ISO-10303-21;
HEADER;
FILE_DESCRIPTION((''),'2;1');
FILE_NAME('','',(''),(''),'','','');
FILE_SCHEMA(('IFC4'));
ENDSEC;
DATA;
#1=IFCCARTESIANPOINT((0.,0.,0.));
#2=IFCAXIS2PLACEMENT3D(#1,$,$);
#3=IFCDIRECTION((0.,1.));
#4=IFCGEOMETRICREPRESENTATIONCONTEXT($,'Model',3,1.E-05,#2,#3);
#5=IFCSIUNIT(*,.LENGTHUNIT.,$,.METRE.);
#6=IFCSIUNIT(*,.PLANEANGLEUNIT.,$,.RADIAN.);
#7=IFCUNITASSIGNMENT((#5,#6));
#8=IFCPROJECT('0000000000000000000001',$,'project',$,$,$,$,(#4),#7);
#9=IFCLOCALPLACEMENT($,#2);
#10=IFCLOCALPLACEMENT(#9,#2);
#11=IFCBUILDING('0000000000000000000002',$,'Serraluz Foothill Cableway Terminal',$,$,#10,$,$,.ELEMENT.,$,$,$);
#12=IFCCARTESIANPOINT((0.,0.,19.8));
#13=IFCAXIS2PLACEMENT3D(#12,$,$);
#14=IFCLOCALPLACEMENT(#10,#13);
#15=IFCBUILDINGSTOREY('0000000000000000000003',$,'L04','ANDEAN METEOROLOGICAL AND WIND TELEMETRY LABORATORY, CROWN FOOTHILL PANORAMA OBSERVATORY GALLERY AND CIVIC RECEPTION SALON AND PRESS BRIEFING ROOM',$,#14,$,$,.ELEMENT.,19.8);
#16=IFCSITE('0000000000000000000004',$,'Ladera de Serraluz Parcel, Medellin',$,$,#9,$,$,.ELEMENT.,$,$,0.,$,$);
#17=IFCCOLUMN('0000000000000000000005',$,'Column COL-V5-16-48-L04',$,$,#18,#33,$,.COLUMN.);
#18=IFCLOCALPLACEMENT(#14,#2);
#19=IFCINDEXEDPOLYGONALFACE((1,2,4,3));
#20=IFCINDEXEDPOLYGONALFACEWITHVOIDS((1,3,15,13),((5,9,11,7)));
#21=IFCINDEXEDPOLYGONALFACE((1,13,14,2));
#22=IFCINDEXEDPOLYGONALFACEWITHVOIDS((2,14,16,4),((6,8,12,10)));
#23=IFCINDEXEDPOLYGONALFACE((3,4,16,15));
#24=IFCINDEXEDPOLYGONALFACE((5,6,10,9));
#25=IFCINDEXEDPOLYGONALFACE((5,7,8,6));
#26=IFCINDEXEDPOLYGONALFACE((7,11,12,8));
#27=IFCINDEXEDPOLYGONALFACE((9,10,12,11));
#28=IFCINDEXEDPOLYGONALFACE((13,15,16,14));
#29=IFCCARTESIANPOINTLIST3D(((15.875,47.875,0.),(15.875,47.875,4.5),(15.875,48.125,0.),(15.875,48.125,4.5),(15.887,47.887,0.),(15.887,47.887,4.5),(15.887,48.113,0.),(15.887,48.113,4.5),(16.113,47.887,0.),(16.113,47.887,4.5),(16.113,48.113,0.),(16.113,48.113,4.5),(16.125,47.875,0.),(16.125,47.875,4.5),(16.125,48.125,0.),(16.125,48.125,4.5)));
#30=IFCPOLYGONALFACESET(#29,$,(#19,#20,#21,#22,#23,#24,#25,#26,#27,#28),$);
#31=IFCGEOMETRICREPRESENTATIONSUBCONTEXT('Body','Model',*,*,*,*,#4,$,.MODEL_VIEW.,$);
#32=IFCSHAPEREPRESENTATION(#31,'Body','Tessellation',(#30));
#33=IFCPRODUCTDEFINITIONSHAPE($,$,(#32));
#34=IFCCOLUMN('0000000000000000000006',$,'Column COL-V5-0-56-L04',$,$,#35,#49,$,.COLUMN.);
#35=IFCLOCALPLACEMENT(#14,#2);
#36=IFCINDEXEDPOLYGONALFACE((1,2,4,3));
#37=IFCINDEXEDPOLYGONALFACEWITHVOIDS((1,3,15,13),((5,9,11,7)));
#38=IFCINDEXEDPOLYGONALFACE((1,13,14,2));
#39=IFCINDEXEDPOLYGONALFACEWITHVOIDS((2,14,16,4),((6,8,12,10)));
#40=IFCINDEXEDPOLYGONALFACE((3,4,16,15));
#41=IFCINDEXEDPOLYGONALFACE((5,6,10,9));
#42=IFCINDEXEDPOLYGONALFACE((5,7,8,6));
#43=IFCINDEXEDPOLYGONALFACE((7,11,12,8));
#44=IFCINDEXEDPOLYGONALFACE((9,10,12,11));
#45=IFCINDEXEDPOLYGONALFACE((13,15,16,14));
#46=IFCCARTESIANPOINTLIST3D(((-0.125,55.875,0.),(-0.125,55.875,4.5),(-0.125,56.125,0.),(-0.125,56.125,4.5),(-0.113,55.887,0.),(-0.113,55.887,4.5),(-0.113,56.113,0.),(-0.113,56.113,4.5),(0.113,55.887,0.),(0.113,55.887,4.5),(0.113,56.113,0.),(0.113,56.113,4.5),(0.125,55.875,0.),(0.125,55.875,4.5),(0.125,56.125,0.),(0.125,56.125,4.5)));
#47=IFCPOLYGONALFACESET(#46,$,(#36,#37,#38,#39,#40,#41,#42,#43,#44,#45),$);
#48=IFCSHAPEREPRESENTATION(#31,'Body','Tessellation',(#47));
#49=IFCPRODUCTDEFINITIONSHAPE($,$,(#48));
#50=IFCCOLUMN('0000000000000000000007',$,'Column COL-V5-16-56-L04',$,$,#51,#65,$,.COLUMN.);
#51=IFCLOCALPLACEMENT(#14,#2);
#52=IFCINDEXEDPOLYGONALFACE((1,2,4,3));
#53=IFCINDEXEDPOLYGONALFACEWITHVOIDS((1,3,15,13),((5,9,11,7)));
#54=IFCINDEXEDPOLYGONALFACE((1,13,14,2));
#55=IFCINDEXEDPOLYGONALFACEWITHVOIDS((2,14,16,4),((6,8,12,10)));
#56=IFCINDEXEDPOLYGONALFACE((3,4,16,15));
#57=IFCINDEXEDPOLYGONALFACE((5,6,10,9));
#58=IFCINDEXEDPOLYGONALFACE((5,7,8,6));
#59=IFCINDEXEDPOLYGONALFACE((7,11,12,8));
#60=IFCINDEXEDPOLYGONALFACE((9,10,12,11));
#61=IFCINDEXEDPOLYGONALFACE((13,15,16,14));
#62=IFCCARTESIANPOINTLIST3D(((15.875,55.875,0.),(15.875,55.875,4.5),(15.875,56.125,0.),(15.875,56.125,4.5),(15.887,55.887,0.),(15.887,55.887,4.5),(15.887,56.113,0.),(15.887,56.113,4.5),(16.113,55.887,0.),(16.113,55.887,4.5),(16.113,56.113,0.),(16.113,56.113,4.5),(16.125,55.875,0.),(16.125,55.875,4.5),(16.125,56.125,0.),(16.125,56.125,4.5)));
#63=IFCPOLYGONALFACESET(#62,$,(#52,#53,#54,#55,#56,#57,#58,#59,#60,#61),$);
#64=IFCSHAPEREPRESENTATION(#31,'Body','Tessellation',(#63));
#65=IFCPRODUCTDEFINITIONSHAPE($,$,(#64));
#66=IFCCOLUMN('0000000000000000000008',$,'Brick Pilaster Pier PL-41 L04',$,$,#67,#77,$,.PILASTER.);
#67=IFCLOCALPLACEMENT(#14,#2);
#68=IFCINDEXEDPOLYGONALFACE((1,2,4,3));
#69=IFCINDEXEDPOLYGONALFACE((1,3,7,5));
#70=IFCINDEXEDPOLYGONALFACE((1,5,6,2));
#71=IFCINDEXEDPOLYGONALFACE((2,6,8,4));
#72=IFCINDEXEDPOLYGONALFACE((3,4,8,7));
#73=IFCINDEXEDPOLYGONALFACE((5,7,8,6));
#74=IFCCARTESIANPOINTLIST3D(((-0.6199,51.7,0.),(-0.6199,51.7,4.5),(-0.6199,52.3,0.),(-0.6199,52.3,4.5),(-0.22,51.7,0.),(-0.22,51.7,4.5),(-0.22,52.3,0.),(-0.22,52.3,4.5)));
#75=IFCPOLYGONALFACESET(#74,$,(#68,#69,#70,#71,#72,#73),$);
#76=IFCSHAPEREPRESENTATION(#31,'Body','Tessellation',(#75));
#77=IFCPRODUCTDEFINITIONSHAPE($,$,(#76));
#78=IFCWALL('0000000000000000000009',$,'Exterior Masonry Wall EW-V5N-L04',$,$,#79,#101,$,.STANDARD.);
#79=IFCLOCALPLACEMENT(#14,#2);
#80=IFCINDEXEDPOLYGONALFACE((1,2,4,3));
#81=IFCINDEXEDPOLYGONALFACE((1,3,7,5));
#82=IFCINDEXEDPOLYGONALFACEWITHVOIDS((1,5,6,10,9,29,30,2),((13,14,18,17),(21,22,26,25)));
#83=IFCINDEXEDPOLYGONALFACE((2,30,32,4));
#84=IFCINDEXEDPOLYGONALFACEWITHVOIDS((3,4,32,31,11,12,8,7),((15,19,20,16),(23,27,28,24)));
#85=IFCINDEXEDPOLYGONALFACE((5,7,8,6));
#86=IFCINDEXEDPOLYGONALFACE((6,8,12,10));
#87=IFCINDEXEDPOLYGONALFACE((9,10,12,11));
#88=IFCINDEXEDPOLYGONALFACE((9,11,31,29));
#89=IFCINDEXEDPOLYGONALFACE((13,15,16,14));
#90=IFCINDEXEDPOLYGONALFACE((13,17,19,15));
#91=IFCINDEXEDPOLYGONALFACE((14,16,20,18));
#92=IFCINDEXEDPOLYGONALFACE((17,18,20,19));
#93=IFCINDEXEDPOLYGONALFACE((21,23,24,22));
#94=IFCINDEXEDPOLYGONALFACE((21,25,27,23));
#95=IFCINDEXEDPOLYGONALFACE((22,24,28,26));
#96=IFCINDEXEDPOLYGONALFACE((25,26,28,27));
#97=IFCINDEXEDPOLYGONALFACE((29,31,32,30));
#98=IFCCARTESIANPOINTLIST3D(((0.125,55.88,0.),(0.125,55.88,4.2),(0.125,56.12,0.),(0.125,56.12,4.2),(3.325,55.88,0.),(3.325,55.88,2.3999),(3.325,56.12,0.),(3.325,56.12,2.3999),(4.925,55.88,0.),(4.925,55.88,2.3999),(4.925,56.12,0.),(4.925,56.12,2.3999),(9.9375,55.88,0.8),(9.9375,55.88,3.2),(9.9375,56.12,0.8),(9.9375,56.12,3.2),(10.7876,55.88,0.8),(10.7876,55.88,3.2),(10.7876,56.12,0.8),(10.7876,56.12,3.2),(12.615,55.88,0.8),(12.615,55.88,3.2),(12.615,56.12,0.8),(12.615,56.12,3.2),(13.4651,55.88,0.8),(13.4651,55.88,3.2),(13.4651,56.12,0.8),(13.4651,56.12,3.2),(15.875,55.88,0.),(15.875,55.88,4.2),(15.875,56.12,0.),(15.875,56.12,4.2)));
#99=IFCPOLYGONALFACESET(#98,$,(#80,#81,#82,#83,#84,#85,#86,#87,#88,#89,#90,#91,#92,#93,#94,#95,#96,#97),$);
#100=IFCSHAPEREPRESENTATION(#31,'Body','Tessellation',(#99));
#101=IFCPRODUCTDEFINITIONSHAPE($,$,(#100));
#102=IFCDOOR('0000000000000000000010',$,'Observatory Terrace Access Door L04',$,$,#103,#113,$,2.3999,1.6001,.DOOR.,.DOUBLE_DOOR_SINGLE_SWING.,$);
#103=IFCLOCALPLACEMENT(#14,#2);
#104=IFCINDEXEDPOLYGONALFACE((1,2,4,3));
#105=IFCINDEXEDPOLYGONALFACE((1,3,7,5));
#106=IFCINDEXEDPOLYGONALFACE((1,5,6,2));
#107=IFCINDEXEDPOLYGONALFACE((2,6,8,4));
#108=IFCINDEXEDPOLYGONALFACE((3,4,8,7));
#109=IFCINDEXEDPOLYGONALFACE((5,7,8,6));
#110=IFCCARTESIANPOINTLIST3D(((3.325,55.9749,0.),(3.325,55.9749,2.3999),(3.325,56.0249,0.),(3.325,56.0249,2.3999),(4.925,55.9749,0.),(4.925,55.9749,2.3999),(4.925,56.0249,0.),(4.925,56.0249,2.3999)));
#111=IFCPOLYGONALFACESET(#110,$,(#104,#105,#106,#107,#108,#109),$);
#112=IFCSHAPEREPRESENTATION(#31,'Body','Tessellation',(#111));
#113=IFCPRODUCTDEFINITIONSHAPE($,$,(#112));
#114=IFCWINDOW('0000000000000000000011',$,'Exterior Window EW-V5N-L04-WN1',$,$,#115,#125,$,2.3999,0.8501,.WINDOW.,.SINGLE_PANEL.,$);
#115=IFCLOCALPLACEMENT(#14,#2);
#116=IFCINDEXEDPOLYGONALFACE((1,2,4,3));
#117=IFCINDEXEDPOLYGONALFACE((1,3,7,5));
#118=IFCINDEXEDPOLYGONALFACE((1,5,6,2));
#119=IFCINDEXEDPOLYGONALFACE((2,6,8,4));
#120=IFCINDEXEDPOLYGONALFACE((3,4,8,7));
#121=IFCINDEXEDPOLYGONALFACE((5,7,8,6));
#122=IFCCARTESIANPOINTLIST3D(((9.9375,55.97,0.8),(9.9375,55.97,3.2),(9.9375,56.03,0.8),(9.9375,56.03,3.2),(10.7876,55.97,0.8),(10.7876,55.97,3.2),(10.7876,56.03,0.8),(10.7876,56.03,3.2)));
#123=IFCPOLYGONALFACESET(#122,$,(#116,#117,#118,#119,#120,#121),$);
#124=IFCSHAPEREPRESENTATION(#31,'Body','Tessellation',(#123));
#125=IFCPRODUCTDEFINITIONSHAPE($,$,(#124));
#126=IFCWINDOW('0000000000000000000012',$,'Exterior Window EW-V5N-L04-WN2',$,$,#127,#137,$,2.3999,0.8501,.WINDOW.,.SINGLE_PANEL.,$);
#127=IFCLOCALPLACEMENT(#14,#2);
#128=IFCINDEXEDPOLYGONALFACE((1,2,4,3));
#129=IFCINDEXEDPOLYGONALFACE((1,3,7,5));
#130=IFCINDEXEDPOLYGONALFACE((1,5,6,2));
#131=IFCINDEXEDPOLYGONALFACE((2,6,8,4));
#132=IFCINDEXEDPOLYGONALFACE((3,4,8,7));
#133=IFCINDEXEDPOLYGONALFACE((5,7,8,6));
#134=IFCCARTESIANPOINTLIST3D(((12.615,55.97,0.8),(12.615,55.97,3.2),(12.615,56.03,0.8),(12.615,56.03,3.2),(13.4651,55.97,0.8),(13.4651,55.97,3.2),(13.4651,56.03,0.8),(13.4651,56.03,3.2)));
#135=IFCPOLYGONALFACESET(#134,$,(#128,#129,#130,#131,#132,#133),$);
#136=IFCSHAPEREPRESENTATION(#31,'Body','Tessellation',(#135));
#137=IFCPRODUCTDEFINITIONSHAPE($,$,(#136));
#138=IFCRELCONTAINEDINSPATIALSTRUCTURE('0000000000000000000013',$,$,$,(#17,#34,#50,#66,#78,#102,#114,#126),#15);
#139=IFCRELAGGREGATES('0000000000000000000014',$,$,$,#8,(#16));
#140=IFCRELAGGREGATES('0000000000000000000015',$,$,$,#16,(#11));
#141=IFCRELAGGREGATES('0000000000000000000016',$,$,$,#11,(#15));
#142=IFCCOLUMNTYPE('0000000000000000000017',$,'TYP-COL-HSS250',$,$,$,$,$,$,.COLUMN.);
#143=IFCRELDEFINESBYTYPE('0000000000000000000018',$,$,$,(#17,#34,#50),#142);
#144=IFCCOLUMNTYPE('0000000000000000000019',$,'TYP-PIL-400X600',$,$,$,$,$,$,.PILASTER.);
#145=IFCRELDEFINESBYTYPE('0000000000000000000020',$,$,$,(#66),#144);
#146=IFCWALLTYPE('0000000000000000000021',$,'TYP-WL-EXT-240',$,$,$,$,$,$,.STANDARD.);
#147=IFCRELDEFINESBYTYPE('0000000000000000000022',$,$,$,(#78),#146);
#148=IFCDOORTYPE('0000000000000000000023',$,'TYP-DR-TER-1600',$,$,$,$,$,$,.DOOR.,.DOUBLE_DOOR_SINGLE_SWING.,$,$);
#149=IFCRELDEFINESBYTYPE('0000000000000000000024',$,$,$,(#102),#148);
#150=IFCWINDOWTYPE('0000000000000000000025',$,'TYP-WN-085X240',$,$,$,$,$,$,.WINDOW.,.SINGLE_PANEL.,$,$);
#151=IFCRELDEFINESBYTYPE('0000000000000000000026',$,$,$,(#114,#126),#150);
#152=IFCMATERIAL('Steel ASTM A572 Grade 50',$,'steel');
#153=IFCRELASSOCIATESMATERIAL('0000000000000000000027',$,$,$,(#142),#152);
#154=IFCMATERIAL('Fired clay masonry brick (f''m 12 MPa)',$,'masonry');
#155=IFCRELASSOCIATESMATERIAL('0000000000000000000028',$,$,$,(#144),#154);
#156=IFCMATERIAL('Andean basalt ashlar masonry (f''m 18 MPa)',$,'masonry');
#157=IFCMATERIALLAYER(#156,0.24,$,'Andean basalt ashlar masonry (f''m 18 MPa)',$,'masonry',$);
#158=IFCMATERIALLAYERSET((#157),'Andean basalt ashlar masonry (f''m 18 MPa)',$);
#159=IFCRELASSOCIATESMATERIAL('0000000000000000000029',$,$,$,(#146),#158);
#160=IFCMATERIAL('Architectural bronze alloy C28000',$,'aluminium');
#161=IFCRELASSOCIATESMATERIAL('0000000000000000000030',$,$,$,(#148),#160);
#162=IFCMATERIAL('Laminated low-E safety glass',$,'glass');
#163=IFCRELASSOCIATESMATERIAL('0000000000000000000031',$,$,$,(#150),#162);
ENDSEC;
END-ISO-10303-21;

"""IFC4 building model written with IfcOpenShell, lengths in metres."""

from ifc_helpers import new_model, si_unit, direction, frame, frame_2d, origin, origin_2d, place, context, subcontext, project, spatial, rectangle, hollow_rectangle, extrude, material, layer, layer_set, material_profile, profile_set, type_object, element, fill, save


model = new_model("IFC4")

# Units and contexts
model_context = context("Model", 3, precision=1e-05, world=origin(), true_north=direction((0.0, 1.0)))
body_context = subcontext(model_context, "Body", "Model", "MODEL_VIEW")
ifc_project = project(units=[si_unit("LENGTHUNIT", "METRE"), si_unit("PLANEANGLEUNIT", "RADIAN")], contexts=[model_context])

# Site, building, storey
site_placement = place(None, origin())
site = spatial("IfcSite", under=ifc_project, at=site_placement, Name="Ladera de Serraluz Parcel, Medellin", CompositionType="ELEMENT", RefElevation=0.0)
building_placement = place(site_placement, origin())
building = spatial("IfcBuilding", under=site, at=building_placement, Name="Serraluz Foothill Cableway Terminal", CompositionType="ELEMENT")
storey_placement = place(building_placement, frame((0.0, 0.0, 19.8)))
storey = spatial("IfcBuildingStorey", under=building, at=storey_placement, Name="L04", Description="ANDEAN METEOROLOGICAL AND WIND TELEMETRY LABORATORY, CROWN FOOTHILL PANORAMA OBSERVATORY GALLERY AND CIVIC RECEPTION SALON AND PRESS BRIEFING ROOM", CompositionType="ELEMENT", Elevation=19.8)

# Columns
ifc_material_1 = material(Name="Steel ASTM A572 Grade 50", Category="steel")
ifc_material_profile_1 = material_profile(ifc_material_1, hollow_rectangle(XDim=0.25, YDim=0.25, WallThickness=0.012, at=origin_2d()), Name="HSS250X250X12")
ifc_profile_set_1 = profile_set([ifc_material_profile_1], Name="Steel ASTM A572 Grade 50")
column_type_1 = type_object("IfcColumnType", Name="TYP-COL-HSS250", PredefinedType="COLUMN", material=ifc_profile_set_1)
for number, where, z_axis, x_axis, name in (
    (1, (16.0, 48.0, 0.0), (0.0, 0.0, 1.0), (1.0, 0.0, 0.0), "Column COL-V5-16-48-L04"),
    (2, (0.0, 56.0, 0.0), (0.0, 0.0, 1.0), (1.0, 0.0, 0.0), "Column COL-V5-0-56-L04"),
    (3, (16.0, 56.0, 0.0), (0.0, 0.0, 1.0), (1.0, 0.0, 0.0), "Column COL-V5-16-56-L04"),
):
    element("IfcColumn", number, at=place(storey_placement, frame(where, z_axis=z_axis, x_axis=x_axis)), inside=storey, type_object=column_type_1, Name=name, PredefinedType="COLUMN", context=body_context, shape_type="SweptSolid", body=[
        extrude(hollow_rectangle(XDim=0.25, YDim=0.25, WallThickness=0.012, at=origin_2d()), origin(), (0.0, 0.0, 1.0), 4.5),
    ])
ifc_material_2 = material(Name="Fired clay masonry brick (f'm 12 MPa)", Category="masonry")
ifc_material_profile_2 = material_profile(ifc_material_2, rectangle(XDim=0.3999, YDim=0.6001, at=origin_2d()), Name="PIL 400x600")
ifc_profile_set_2 = profile_set([ifc_material_profile_2], Name="Fired clay masonry brick (f'm 12 MPa)")
column_type_2 = type_object("IfcColumnType", Name="TYP-PIL-400X600", PredefinedType="PILASTER", material=ifc_profile_set_2)
column_placement = place(storey_placement, frame((-0.4199, 52.0, 0.0), z_axis=(0.0, 0.0, 1.0), x_axis=(1.0, 0.0, 0.0)))
element("IfcColumn", 4, at=column_placement, inside=storey, type_object=column_type_2, Name="Brick Pilaster Pier PL-41 L04", PredefinedType="PILASTER", context=body_context, shape_type="SweptSolid", body=[
    extrude(rectangle(XDim=0.3999, YDim=0.6001, at=origin_2d()), origin(), (0.0, 0.0, 1.0), 4.5),
])

# Wall, openings, door, windows
ifc_material_3 = material(Name="Andean basalt ashlar masonry (f'm 18 MPa)", Category="masonry")
ifc_layer_1 = layer(ifc_material_3, 0.24, Name="Andean basalt ashlar masonry (f'm 18 MPa)", Category="masonry")
ifc_layer_set_1 = layer_set([ifc_layer_1], Name="Andean basalt ashlar masonry (f'm 18 MPa)")
wall_type_1 = type_object("IfcWallType", Name="TYP-WL-EXT-240", PredefinedType="STANDARD", material=ifc_layer_set_1)
wall_1_placement = place(storey_placement, frame((0.125, 56.0, 0.0), z_axis=(0.0, 0.0, 1.0), x_axis=(1.0, 0.0, 0.0)))
wall_1 = element("IfcWall", 5, at=wall_1_placement, inside=storey, type_object=wall_type_1, Name="Exterior Masonry Wall EW-V5N-L04", PredefinedType="STANDARD", context=body_context, shape_type="SweptSolid", body=[
    extrude(rectangle(XDim=15.75, YDim=0.24, at=frame_2d((7.875, 0.0))), origin(), (0.0, 0.0, 1.0), 4.2),
])
opening_1_placement = place(wall_1_placement, frame((9.8125, 0.0, 0.8)))
opening_1 = element("IfcOpeningElement", 6, at=opening_1_placement, cuts=wall_1, PredefinedType="OPENING", context=body_context, shape_type="SweptSolid", body=[
    extrude(rectangle(XDim=0.8501, YDim=2.3999, at=frame_2d((0.425, 1.2))), frame((0.0, 0.1299, 0.0), z_axis=(0.0, -1.0, 0.0), x_axis=(1.0, 0.0, 0.0)), (0.0, 0.0, 1.0), 0.26),
])
opening_2_placement = place(wall_1_placement, frame((12.49, 0.0, 0.8)))
opening_2 = element("IfcOpeningElement", 7, at=opening_2_placement, cuts=wall_1, PredefinedType="OPENING", context=body_context, shape_type="SweptSolid", body=[
    extrude(rectangle(XDim=0.8501, YDim=2.3999, at=frame_2d((0.425, 1.2))), frame((0.0, 0.1299, 0.0), z_axis=(0.0, -1.0, 0.0), x_axis=(1.0, 0.0, 0.0)), (0.0, 0.0, 1.0), 0.26),
])
opening_3_placement = place(wall_1_placement, frame((3.2, 0.0, 0.0)))
opening_3 = element("IfcOpeningElement", 8, at=opening_3_placement, cuts=wall_1, PredefinedType="OPENING", context=body_context, shape_type="SweptSolid", body=[
    extrude(rectangle(XDim=1.6001, YDim=2.3999, at=frame_2d((0.8, 1.2))), frame((0.0, 0.1299, 0.0), z_axis=(0.0, -1.0, 0.0), x_axis=(1.0, 0.0, 0.0)), (0.0, 0.0, 1.0), 0.26),
])
ifc_material_4 = material(Name="Architectural bronze alloy C28000", Category="aluminium")
door_type_1 = type_object("IfcDoorType", Name="TYP-DR-TER-1600", OperationType="DOUBLE_DOOR_SINGLE_SWING", PredefinedType="DOOR", material=ifc_material_4)
door_1_placement = place(opening_3_placement, origin())
door_1 = element("IfcDoor", 9, at=door_1_placement, inside=storey, type_object=door_type_1, Name="Observatory Terrace Access Door L04", OperationType="DOUBLE_DOOR_SINGLE_SWING", OverallHeight=2.3999, OverallWidth=1.6001, PredefinedType="DOOR", context=body_context, shape_type="SweptSolid", body=[
    extrude(rectangle(XDim=1.6001, YDim=2.3999, at=frame_2d((0.8, 1.2))), frame((0.0, 0.0249, 0.0), z_axis=(0.0, -1.0, 0.0), x_axis=(1.0, 0.0, 0.0)), (0.0, 0.0, 1.0), 0.05),
])
fill(opening_3, door_1)
ifc_material_5 = material(Name="Laminated low-E safety glass", Category="glass")
window_type_1 = type_object("IfcWindowType", Name="TYP-WN-085X240", PartitioningType="SINGLE_PANEL", PredefinedType="WINDOW", material=ifc_material_5)
window_1_placement = place(opening_1_placement, origin())
window_1 = element("IfcWindow", 10, at=window_1_placement, inside=storey, type_object=window_type_1, Name="Exterior Window EW-V5N-L04-WN1", OverallHeight=2.3999, OverallWidth=0.8501, PartitioningType="SINGLE_PANEL", PredefinedType="WINDOW", context=body_context, shape_type="SweptSolid", body=[
    extrude(rectangle(XDim=0.8501, YDim=2.3999, at=frame_2d((0.425, 1.2))), frame((0.0, 0.03, 0.0), z_axis=(0.0, -1.0, 0.0), x_axis=(1.0, 0.0, 0.0)), (0.0, 0.0, 1.0), 0.0601),
])
fill(opening_1, window_1)
window_2_placement = place(opening_2_placement, origin())
window_2 = element("IfcWindow", 11, at=window_2_placement, inside=storey, type_object=window_type_1, Name="Exterior Window EW-V5N-L04-WN2", OverallHeight=2.3999, OverallWidth=0.8501, PartitioningType="SINGLE_PANEL", PredefinedType="WINDOW", context=body_context, shape_type="SweptSolid", body=[
    extrude(rectangle(XDim=0.8501, YDim=2.3999, at=frame_2d((0.425, 1.2))), frame((0.0, 0.03, 0.0), z_axis=(0.0, -1.0, 0.0), x_axis=(1.0, 0.0, 0.0)), (0.0, 0.0, 1.0), 0.0601),
])
fill(opening_2, window_2)

save(model, "model.ifc")
